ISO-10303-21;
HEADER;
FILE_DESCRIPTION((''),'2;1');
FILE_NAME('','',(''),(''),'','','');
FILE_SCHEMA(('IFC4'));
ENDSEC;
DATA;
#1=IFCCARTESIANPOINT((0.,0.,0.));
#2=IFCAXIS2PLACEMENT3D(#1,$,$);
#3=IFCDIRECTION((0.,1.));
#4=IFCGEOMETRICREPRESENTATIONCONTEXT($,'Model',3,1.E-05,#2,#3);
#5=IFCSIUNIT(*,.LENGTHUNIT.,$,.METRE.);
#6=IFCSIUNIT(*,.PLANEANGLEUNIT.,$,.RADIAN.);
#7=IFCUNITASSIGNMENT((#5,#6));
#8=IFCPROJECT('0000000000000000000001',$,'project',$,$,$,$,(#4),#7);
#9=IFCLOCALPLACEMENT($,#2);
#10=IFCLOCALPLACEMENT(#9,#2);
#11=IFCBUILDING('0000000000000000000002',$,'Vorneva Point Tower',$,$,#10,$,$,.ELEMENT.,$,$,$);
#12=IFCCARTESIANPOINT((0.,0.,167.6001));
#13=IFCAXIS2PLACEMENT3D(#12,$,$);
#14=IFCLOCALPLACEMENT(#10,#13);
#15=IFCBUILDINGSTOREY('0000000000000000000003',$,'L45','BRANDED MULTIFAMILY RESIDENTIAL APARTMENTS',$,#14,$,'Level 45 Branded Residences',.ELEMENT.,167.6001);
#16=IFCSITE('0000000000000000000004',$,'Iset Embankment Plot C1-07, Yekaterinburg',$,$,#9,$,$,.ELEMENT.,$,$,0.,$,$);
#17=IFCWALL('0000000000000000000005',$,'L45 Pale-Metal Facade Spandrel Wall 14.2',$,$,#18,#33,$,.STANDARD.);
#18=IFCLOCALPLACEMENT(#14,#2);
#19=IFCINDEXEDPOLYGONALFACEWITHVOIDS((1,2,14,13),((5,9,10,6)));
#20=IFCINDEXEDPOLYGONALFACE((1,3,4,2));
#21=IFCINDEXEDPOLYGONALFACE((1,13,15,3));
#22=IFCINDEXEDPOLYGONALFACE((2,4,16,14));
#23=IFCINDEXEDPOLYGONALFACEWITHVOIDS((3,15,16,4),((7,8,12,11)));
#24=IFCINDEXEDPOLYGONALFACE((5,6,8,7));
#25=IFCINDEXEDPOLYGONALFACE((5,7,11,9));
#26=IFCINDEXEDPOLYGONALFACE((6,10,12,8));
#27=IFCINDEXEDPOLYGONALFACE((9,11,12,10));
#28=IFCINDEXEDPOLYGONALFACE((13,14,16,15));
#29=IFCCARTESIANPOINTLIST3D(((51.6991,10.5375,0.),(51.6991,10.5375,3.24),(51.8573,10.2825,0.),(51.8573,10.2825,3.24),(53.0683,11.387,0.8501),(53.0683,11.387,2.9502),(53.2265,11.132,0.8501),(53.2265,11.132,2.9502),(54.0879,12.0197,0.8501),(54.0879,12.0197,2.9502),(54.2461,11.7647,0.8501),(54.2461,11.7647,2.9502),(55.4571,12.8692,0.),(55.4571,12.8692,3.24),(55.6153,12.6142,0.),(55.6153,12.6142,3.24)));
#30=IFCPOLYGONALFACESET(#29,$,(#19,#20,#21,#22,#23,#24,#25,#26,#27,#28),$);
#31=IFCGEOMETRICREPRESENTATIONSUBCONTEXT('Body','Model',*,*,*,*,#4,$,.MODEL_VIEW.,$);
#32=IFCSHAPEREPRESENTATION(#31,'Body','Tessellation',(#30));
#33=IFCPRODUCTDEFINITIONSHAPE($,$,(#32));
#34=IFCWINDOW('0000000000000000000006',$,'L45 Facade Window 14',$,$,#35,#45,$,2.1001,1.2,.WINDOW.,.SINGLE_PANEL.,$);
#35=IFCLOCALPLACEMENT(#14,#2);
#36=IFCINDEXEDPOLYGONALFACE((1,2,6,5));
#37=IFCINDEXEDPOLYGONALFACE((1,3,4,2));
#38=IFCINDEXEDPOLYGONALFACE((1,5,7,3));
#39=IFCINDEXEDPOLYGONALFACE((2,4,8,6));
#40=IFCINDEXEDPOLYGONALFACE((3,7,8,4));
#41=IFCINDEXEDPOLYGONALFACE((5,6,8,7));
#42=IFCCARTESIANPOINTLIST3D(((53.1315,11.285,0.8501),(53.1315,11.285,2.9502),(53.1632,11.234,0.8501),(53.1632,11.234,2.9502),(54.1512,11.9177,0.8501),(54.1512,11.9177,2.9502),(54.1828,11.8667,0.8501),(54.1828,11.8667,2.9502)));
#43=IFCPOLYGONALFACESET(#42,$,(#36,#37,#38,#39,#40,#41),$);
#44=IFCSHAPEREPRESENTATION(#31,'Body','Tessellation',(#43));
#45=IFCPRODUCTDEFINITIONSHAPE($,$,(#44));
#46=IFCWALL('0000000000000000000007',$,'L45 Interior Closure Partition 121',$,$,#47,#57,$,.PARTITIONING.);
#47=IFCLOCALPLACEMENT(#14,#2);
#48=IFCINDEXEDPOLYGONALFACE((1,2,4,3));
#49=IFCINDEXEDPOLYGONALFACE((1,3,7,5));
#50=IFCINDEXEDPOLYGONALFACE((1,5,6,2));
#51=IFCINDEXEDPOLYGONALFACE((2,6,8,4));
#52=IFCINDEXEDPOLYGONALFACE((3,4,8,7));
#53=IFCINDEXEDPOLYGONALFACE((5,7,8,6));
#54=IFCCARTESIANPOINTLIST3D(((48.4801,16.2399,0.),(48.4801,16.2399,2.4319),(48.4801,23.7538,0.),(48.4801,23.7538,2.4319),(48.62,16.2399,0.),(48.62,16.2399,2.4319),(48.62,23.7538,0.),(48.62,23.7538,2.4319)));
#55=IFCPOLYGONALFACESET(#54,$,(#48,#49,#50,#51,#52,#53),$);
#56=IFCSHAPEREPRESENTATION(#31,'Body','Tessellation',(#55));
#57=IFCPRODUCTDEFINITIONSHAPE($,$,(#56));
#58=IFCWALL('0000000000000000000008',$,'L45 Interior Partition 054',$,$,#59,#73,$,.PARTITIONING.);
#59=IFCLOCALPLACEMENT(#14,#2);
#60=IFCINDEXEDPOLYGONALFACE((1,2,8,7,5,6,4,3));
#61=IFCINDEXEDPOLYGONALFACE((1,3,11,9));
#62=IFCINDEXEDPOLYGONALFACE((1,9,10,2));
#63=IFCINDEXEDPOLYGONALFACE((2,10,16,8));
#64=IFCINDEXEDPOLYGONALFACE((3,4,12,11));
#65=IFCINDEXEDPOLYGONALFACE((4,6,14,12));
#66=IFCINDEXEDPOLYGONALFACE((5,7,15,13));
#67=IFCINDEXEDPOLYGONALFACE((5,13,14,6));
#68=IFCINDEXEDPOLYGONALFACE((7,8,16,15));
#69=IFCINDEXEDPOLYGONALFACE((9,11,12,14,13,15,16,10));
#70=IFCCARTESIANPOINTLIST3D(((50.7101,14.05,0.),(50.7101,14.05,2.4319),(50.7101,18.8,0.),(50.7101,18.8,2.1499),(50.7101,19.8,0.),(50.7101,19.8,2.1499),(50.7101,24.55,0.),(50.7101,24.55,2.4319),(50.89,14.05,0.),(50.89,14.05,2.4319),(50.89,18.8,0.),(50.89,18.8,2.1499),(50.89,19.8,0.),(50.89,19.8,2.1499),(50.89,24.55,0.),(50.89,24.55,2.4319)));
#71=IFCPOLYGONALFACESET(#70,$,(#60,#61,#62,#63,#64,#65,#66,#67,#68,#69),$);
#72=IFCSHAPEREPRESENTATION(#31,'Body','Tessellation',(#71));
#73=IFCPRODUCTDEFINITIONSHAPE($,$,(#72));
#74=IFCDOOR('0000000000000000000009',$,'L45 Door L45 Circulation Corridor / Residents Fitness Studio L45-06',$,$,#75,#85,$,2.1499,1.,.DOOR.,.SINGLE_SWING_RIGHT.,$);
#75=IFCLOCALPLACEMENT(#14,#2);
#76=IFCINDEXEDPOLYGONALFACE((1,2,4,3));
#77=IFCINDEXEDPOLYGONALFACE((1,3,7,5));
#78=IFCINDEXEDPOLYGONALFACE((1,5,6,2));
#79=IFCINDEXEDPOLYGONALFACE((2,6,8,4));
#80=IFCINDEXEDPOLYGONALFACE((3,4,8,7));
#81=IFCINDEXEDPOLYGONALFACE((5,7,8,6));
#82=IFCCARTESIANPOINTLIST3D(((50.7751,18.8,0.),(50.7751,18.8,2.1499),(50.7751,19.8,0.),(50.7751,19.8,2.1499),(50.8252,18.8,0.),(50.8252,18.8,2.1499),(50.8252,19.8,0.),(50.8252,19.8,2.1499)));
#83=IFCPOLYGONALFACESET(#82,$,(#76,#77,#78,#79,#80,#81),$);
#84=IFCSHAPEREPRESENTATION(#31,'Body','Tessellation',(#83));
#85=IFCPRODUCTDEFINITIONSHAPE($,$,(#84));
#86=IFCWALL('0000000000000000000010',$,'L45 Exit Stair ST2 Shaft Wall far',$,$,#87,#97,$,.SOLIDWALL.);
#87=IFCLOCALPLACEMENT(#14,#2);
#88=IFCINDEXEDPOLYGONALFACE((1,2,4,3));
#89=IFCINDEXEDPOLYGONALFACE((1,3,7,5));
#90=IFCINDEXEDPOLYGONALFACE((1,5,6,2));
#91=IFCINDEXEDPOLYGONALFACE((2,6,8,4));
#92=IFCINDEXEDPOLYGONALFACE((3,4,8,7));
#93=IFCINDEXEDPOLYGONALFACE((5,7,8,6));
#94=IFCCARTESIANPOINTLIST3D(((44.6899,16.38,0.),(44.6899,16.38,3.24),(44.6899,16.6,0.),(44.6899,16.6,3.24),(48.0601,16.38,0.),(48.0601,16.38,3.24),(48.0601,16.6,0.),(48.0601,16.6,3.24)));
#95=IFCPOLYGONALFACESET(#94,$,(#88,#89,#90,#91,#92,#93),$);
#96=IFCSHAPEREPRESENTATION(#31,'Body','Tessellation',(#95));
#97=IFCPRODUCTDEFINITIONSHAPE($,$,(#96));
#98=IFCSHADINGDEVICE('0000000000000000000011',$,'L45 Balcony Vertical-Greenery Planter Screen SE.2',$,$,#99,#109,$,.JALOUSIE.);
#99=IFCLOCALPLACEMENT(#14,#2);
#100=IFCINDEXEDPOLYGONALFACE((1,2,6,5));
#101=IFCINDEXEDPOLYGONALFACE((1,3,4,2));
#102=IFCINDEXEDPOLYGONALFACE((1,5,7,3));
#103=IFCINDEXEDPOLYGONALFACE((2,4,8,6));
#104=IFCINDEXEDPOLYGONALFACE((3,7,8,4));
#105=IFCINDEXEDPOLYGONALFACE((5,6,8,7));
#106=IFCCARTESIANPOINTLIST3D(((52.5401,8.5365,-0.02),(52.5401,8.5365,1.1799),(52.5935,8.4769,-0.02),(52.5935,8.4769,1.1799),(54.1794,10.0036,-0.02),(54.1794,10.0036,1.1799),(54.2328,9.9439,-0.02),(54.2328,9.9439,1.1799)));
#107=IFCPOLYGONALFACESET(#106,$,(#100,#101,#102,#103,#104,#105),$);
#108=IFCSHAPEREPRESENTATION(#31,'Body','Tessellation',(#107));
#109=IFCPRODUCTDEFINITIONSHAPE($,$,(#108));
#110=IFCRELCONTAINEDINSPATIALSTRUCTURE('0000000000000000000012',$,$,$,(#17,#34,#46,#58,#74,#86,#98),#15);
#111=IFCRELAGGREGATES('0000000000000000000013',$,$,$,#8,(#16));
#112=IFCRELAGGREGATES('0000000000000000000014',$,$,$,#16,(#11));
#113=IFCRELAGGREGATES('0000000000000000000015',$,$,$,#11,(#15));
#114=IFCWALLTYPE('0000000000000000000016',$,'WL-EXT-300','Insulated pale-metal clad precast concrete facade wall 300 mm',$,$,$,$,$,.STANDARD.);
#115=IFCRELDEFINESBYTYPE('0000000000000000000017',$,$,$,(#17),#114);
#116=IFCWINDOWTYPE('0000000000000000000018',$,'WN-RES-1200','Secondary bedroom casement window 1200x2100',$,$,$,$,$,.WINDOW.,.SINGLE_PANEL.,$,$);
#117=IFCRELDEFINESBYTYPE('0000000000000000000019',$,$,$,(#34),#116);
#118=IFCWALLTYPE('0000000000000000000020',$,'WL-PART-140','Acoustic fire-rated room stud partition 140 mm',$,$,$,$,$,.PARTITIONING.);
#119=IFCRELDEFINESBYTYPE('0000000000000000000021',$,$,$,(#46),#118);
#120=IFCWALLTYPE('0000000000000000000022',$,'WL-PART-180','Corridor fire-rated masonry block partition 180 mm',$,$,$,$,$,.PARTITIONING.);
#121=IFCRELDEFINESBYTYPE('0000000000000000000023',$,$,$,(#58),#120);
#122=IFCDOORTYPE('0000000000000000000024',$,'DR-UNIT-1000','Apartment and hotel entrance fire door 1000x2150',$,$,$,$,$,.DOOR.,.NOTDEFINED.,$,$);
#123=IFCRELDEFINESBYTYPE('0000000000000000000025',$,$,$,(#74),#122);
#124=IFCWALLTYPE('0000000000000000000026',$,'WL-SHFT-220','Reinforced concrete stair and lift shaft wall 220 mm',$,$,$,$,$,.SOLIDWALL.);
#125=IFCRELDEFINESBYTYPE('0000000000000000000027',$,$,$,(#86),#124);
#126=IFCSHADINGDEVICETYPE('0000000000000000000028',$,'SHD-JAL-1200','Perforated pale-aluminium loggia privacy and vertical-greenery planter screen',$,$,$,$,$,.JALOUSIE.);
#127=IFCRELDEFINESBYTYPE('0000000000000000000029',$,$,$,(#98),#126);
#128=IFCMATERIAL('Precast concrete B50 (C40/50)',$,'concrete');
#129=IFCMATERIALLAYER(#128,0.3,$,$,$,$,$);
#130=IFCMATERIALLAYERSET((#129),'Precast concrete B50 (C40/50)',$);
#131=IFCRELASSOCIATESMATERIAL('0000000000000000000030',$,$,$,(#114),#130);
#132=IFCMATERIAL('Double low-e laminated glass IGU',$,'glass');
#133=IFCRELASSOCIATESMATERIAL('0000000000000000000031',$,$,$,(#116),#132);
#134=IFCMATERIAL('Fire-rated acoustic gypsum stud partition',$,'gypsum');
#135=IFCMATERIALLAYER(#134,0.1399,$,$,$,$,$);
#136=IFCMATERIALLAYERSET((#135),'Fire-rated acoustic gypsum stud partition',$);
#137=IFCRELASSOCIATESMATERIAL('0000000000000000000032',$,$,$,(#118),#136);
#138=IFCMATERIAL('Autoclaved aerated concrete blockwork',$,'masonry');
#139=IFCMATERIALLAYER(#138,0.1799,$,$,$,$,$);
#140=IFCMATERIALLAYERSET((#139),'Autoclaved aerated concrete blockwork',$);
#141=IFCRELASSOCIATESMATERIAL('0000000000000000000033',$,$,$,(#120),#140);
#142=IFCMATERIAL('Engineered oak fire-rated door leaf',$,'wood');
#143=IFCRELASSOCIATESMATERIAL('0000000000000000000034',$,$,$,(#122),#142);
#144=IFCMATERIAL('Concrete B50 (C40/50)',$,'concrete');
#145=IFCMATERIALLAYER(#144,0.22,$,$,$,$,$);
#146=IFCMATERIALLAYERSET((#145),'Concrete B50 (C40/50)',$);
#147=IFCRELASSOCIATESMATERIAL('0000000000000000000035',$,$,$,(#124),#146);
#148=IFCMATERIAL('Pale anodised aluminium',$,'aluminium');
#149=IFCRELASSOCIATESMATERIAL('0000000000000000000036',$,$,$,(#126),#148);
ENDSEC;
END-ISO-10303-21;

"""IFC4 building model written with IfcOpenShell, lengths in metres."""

from ifc_helpers import new_model, si_unit, direction, frame, frame_2d, origin, origin_2d, place, context, subcontext, project, spatial, rectangle, extrude, material, layer, layer_set, type_object, element, fill, save


model = new_model("IFC4")

# Units and contexts
model_context = context("Model", 3, precision=1e-05, world=origin(), true_north=direction((0.0, 1.0)))
body_context = subcontext(model_context, "Body", "Model", "MODEL_VIEW")
ifc_project = project(units=[si_unit("LENGTHUNIT", "METRE"), si_unit("PLANEANGLEUNIT", "RADIAN")], contexts=[model_context])

# Site, building, storey
site_placement = place(None, origin())
site = spatial("IfcSite", under=ifc_project, at=site_placement, Name="Iset Embankment Plot C1-07, Yekaterinburg", CompositionType="ELEMENT", RefElevation=0.0)
building_placement = place(site_placement, origin())
building = spatial("IfcBuilding", under=site, at=building_placement, Name="Vorneva Point Tower", CompositionType="ELEMENT")
storey_placement = place(building_placement, frame((0.0, 0.0, 167.6001)))
storey = spatial("IfcBuildingStorey", under=building, at=storey_placement, Name="L45", Description="BRANDED MULTIFAMILY RESIDENTIAL APARTMENTS", LongName="Level 45 Branded Residences", CompositionType="ELEMENT", Elevation=167.6001)

# Shared definitions
ifc_material_1 = material(Name="Pale anodised aluminium", Category="aluminium")

# Shared definitions
ifc_material_2 = material(Name="Double low-e laminated glass IGU", Category="glass")

# Shared definitions
ifc_material_3 = material(Name="Precast concrete B50 (C40/50)", Category="concrete")
ifc_layer_1 = layer(ifc_material_3, 0.3)
ifc_layer_set_1 = layer_set([ifc_layer_1], Name="Precast concrete B50 (C40/50)")
wall_type_1 = type_object("IfcWallType", Name="WL-EXT-300", Description="Insulated pale-metal clad precast concrete facade wall 300 mm", PredefinedType="STANDARD", material=ifc_layer_set_1)

# Wall, opening, window
wall_1_placement = place(storey_placement, frame((51.7781, 10.4099, 0.0), z_axis=(0.0, 0.0, 1.0), x_axis=(0.849721, 0.527232, 0.0)))
wall_1 = element("IfcWall", 1, at=wall_1_placement, inside=storey, type_object=wall_type_1, Name="L45 Pale-Metal Facade Spandrel Wall 14.2", PredefinedType="STANDARD", context=body_context, shape_type="SweptSolid", body=[
    extrude(rectangle(XDim=4.4226, YDim=0.3, at=frame_2d((2.2114, 0.0))), origin(), (0.0, 0.0, 1.0), 3.24),
])
opening_1_placement = place(wall_1_placement, frame((1.6113, 0.0, 0.8501)))
opening_1 = element("IfcOpeningElement", 2, at=opening_1_placement, cuts=wall_1, PredefinedType="OPENING", context=body_context, shape_type="SweptSolid", body=[
    extrude(rectangle(XDim=1.2, YDim=2.1001, at=frame_2d((0.6001, 1.05))), frame((0.0, 0.165, 0.0), z_axis=(0.0, -1.0, 0.0), x_axis=(1.0, 0.0, 0.0)), (0.0, 0.0, 1.0), 0.3298),
])
window_type = type_object("IfcWindowType", Name="WN-RES-1200", Description="Secondary bedroom casement window 1200x2100", PartitioningType="SINGLE_PANEL", PredefinedType="WINDOW", material=ifc_material_2)
window_placement = place(opening_1_placement, origin())
window = element("IfcWindow", 3, at=window_placement, inside=storey, type_object=window_type, Name="L45 Facade Window 14", OverallHeight=2.1001, OverallWidth=1.2, PartitioningType="SINGLE_PANEL", PredefinedType="WINDOW", context=body_context, shape_type="SweptSolid", body=[
    extrude(rectangle(XDim=1.2, YDim=2.1001, at=frame_2d((0.6001, 1.05))), frame((0.0, 0.03, 0.0), z_axis=(0.0, -1.0, 0.0), x_axis=(1.0, 0.0, 0.0)), (0.0, 0.0, 1.0), 0.0601),
])
fill(opening_1, window)

# Wall
ifc_material_4 = material(Name="Fire-rated acoustic gypsum stud partition", Category="gypsum")
ifc_layer_2 = layer(ifc_material_4, 0.1399)
ifc_layer_set_2 = layer_set([ifc_layer_2], Name="Fire-rated acoustic gypsum stud partition")
wall_type_2 = type_object("IfcWallType", Name="WL-PART-140", Description="Acoustic fire-rated room stud partition 140 mm", PredefinedType="PARTITIONING", material=ifc_layer_set_2)
wall_2_placement = place(storey_placement, frame((48.55, 16.24, 0.0), z_axis=(0.0, 0.0, 1.0), x_axis=(0.0, 1.0, 0.0)))
element("IfcWall", 4, at=wall_2_placement, inside=storey, type_object=wall_type_2, Name="L45 Interior Closure Partition 121", PredefinedType="PARTITIONING", context=body_context, shape_type="SweptSolid", body=[
    extrude(rectangle(XDim=7.5139, YDim=0.1399, at=frame_2d((3.7568, 0.0))), origin(), (0.0, 0.0, 1.0), 2.4319),
])

# Wall, opening, door
ifc_material_5 = material(Name="Autoclaved aerated concrete blockwork", Category="masonry")
ifc_layer_3 = layer(ifc_material_5, 0.1799)
ifc_layer_set_3 = layer_set([ifc_layer_3], Name="Autoclaved aerated concrete blockwork")
wall_type_3 = type_object("IfcWallType", Name="WL-PART-180", Description="Corridor fire-rated masonry block partition 180 mm", PredefinedType="PARTITIONING", material=ifc_layer_set_3)
wall_3_placement = place(storey_placement, frame((50.8, 14.05, 0.0), z_axis=(0.0, 0.0, 1.0), x_axis=(0.0, 1.0, 0.0)))
wall_3 = element("IfcWall", 5, at=wall_3_placement, inside=storey, type_object=wall_type_3, Name="L45 Interior Partition 054", PredefinedType="PARTITIONING", context=body_context, shape_type="SweptSolid", body=[
    extrude(rectangle(XDim=10.5, YDim=0.1799, at=frame_2d((5.25, 0.0))), origin(), (0.0, 0.0, 1.0), 2.4319),
])
opening_2_placement = place(wall_3_placement, frame((4.75, 0.0, 0.0)))
opening_2 = element("IfcOpeningElement", 6, at=opening_2_placement, cuts=wall_3, PredefinedType="OPENING", context=body_context, shape_type="SweptSolid", body=[
    extrude(rectangle(XDim=1.0, YDim=2.1499, at=frame_2d((0.5, 1.075))), frame((0.0, 0.105, 0.0), z_axis=(0.0, -1.0, 0.0), x_axis=(1.0, 0.0, 0.0)), (0.0, 0.0, 1.0), 0.2097),
])
ifc_material_6 = material(Name="Engineered oak fire-rated door leaf", Category="wood")
door_type_1 = type_object("IfcDoorType", Name="DR-UNIT-1000", Description="Apartment and hotel entrance fire door 1000x2150", OperationType="NOTDEFINED", PredefinedType="DOOR", material=ifc_material_6)
door_1_placement = place(opening_2_placement, origin())
door_1 = element("IfcDoor", 7, at=door_1_placement, inside=storey, type_object=door_type_1, Name="L45 Door L45 Circulation Corridor / Residents Fitness Studio L45-06", OperationType="SINGLE_SWING_RIGHT", OverallHeight=2.1499, OverallWidth=1.0, PredefinedType="DOOR", context=body_context, shape_type="SweptSolid", body=[
    extrude(rectangle(XDim=1.0, YDim=2.1499, at=frame_2d((0.5, 1.075))), frame((0.0, 0.0249, 0.0), z_axis=(0.0, -1.0, 0.0), x_axis=(1.0, 0.0, 0.0)), (0.0, 0.0, 1.0), 0.05),
])
fill(opening_2, door_1)

# Wall
ifc_material_7 = material(Name="Concrete B50 (C40/50)", Category="concrete")
ifc_layer_4 = layer(ifc_material_7, 0.22)
ifc_layer_set_4 = layer_set([ifc_layer_4], Name="Concrete B50 (C40/50)")
wall_type_4 = type_object("IfcWallType", Name="WL-SHFT-220", Description="Reinforced concrete stair and lift shaft wall 220 mm", PredefinedType="SOLIDWALL", material=ifc_layer_set_4)
wall_4_placement = place(storey_placement, frame((48.0601, 16.49, 0.0), z_axis=(0.0, 0.0, 1.0), x_axis=(-1.0, 0.0, 0.0)))
element("IfcWall", 8, at=wall_4_placement, inside=storey, type_object=wall_type_4, Name="L45 Exit Stair ST2 Shaft Wall far", PredefinedType="SOLIDWALL", context=body_context, shape_type="SweptSolid", body=[
    extrude(rectangle(XDim=3.3701, YDim=0.22, at=frame_2d((1.6851, 0.0))), origin(), (0.0, 0.0, 1.0), 3.24),
])

# Shading device
shading_device_type = type_object("IfcShadingDeviceType", Name="SHD-JAL-1200", Description="Perforated pale-aluminium loggia privacy and vertical-greenery planter screen", PredefinedType="JALOUSIE", material=ifc_material_1)
shading_device_placement = place(storey_placement, frame((53.3865, 9.2402, -0.02), z_axis=(0.0, 0.0, 1.0), x_axis=(0.745173, 0.666871, 0.0)))
element("IfcShadingDevice", 9, at=shading_device_placement, inside=storey, type_object=shading_device_type, Name="L45 Balcony Vertical-Greenery Planter Screen SE.2", PredefinedType="JALOUSIE", context=body_context, shape_type="SweptSolid", body=[
    extrude(rectangle(XDim=2.2, YDim=0.0801, at=origin_2d()), origin(), (0.0, 0.0, 1.0), 1.2),
])

save(model, "model.ifc")
